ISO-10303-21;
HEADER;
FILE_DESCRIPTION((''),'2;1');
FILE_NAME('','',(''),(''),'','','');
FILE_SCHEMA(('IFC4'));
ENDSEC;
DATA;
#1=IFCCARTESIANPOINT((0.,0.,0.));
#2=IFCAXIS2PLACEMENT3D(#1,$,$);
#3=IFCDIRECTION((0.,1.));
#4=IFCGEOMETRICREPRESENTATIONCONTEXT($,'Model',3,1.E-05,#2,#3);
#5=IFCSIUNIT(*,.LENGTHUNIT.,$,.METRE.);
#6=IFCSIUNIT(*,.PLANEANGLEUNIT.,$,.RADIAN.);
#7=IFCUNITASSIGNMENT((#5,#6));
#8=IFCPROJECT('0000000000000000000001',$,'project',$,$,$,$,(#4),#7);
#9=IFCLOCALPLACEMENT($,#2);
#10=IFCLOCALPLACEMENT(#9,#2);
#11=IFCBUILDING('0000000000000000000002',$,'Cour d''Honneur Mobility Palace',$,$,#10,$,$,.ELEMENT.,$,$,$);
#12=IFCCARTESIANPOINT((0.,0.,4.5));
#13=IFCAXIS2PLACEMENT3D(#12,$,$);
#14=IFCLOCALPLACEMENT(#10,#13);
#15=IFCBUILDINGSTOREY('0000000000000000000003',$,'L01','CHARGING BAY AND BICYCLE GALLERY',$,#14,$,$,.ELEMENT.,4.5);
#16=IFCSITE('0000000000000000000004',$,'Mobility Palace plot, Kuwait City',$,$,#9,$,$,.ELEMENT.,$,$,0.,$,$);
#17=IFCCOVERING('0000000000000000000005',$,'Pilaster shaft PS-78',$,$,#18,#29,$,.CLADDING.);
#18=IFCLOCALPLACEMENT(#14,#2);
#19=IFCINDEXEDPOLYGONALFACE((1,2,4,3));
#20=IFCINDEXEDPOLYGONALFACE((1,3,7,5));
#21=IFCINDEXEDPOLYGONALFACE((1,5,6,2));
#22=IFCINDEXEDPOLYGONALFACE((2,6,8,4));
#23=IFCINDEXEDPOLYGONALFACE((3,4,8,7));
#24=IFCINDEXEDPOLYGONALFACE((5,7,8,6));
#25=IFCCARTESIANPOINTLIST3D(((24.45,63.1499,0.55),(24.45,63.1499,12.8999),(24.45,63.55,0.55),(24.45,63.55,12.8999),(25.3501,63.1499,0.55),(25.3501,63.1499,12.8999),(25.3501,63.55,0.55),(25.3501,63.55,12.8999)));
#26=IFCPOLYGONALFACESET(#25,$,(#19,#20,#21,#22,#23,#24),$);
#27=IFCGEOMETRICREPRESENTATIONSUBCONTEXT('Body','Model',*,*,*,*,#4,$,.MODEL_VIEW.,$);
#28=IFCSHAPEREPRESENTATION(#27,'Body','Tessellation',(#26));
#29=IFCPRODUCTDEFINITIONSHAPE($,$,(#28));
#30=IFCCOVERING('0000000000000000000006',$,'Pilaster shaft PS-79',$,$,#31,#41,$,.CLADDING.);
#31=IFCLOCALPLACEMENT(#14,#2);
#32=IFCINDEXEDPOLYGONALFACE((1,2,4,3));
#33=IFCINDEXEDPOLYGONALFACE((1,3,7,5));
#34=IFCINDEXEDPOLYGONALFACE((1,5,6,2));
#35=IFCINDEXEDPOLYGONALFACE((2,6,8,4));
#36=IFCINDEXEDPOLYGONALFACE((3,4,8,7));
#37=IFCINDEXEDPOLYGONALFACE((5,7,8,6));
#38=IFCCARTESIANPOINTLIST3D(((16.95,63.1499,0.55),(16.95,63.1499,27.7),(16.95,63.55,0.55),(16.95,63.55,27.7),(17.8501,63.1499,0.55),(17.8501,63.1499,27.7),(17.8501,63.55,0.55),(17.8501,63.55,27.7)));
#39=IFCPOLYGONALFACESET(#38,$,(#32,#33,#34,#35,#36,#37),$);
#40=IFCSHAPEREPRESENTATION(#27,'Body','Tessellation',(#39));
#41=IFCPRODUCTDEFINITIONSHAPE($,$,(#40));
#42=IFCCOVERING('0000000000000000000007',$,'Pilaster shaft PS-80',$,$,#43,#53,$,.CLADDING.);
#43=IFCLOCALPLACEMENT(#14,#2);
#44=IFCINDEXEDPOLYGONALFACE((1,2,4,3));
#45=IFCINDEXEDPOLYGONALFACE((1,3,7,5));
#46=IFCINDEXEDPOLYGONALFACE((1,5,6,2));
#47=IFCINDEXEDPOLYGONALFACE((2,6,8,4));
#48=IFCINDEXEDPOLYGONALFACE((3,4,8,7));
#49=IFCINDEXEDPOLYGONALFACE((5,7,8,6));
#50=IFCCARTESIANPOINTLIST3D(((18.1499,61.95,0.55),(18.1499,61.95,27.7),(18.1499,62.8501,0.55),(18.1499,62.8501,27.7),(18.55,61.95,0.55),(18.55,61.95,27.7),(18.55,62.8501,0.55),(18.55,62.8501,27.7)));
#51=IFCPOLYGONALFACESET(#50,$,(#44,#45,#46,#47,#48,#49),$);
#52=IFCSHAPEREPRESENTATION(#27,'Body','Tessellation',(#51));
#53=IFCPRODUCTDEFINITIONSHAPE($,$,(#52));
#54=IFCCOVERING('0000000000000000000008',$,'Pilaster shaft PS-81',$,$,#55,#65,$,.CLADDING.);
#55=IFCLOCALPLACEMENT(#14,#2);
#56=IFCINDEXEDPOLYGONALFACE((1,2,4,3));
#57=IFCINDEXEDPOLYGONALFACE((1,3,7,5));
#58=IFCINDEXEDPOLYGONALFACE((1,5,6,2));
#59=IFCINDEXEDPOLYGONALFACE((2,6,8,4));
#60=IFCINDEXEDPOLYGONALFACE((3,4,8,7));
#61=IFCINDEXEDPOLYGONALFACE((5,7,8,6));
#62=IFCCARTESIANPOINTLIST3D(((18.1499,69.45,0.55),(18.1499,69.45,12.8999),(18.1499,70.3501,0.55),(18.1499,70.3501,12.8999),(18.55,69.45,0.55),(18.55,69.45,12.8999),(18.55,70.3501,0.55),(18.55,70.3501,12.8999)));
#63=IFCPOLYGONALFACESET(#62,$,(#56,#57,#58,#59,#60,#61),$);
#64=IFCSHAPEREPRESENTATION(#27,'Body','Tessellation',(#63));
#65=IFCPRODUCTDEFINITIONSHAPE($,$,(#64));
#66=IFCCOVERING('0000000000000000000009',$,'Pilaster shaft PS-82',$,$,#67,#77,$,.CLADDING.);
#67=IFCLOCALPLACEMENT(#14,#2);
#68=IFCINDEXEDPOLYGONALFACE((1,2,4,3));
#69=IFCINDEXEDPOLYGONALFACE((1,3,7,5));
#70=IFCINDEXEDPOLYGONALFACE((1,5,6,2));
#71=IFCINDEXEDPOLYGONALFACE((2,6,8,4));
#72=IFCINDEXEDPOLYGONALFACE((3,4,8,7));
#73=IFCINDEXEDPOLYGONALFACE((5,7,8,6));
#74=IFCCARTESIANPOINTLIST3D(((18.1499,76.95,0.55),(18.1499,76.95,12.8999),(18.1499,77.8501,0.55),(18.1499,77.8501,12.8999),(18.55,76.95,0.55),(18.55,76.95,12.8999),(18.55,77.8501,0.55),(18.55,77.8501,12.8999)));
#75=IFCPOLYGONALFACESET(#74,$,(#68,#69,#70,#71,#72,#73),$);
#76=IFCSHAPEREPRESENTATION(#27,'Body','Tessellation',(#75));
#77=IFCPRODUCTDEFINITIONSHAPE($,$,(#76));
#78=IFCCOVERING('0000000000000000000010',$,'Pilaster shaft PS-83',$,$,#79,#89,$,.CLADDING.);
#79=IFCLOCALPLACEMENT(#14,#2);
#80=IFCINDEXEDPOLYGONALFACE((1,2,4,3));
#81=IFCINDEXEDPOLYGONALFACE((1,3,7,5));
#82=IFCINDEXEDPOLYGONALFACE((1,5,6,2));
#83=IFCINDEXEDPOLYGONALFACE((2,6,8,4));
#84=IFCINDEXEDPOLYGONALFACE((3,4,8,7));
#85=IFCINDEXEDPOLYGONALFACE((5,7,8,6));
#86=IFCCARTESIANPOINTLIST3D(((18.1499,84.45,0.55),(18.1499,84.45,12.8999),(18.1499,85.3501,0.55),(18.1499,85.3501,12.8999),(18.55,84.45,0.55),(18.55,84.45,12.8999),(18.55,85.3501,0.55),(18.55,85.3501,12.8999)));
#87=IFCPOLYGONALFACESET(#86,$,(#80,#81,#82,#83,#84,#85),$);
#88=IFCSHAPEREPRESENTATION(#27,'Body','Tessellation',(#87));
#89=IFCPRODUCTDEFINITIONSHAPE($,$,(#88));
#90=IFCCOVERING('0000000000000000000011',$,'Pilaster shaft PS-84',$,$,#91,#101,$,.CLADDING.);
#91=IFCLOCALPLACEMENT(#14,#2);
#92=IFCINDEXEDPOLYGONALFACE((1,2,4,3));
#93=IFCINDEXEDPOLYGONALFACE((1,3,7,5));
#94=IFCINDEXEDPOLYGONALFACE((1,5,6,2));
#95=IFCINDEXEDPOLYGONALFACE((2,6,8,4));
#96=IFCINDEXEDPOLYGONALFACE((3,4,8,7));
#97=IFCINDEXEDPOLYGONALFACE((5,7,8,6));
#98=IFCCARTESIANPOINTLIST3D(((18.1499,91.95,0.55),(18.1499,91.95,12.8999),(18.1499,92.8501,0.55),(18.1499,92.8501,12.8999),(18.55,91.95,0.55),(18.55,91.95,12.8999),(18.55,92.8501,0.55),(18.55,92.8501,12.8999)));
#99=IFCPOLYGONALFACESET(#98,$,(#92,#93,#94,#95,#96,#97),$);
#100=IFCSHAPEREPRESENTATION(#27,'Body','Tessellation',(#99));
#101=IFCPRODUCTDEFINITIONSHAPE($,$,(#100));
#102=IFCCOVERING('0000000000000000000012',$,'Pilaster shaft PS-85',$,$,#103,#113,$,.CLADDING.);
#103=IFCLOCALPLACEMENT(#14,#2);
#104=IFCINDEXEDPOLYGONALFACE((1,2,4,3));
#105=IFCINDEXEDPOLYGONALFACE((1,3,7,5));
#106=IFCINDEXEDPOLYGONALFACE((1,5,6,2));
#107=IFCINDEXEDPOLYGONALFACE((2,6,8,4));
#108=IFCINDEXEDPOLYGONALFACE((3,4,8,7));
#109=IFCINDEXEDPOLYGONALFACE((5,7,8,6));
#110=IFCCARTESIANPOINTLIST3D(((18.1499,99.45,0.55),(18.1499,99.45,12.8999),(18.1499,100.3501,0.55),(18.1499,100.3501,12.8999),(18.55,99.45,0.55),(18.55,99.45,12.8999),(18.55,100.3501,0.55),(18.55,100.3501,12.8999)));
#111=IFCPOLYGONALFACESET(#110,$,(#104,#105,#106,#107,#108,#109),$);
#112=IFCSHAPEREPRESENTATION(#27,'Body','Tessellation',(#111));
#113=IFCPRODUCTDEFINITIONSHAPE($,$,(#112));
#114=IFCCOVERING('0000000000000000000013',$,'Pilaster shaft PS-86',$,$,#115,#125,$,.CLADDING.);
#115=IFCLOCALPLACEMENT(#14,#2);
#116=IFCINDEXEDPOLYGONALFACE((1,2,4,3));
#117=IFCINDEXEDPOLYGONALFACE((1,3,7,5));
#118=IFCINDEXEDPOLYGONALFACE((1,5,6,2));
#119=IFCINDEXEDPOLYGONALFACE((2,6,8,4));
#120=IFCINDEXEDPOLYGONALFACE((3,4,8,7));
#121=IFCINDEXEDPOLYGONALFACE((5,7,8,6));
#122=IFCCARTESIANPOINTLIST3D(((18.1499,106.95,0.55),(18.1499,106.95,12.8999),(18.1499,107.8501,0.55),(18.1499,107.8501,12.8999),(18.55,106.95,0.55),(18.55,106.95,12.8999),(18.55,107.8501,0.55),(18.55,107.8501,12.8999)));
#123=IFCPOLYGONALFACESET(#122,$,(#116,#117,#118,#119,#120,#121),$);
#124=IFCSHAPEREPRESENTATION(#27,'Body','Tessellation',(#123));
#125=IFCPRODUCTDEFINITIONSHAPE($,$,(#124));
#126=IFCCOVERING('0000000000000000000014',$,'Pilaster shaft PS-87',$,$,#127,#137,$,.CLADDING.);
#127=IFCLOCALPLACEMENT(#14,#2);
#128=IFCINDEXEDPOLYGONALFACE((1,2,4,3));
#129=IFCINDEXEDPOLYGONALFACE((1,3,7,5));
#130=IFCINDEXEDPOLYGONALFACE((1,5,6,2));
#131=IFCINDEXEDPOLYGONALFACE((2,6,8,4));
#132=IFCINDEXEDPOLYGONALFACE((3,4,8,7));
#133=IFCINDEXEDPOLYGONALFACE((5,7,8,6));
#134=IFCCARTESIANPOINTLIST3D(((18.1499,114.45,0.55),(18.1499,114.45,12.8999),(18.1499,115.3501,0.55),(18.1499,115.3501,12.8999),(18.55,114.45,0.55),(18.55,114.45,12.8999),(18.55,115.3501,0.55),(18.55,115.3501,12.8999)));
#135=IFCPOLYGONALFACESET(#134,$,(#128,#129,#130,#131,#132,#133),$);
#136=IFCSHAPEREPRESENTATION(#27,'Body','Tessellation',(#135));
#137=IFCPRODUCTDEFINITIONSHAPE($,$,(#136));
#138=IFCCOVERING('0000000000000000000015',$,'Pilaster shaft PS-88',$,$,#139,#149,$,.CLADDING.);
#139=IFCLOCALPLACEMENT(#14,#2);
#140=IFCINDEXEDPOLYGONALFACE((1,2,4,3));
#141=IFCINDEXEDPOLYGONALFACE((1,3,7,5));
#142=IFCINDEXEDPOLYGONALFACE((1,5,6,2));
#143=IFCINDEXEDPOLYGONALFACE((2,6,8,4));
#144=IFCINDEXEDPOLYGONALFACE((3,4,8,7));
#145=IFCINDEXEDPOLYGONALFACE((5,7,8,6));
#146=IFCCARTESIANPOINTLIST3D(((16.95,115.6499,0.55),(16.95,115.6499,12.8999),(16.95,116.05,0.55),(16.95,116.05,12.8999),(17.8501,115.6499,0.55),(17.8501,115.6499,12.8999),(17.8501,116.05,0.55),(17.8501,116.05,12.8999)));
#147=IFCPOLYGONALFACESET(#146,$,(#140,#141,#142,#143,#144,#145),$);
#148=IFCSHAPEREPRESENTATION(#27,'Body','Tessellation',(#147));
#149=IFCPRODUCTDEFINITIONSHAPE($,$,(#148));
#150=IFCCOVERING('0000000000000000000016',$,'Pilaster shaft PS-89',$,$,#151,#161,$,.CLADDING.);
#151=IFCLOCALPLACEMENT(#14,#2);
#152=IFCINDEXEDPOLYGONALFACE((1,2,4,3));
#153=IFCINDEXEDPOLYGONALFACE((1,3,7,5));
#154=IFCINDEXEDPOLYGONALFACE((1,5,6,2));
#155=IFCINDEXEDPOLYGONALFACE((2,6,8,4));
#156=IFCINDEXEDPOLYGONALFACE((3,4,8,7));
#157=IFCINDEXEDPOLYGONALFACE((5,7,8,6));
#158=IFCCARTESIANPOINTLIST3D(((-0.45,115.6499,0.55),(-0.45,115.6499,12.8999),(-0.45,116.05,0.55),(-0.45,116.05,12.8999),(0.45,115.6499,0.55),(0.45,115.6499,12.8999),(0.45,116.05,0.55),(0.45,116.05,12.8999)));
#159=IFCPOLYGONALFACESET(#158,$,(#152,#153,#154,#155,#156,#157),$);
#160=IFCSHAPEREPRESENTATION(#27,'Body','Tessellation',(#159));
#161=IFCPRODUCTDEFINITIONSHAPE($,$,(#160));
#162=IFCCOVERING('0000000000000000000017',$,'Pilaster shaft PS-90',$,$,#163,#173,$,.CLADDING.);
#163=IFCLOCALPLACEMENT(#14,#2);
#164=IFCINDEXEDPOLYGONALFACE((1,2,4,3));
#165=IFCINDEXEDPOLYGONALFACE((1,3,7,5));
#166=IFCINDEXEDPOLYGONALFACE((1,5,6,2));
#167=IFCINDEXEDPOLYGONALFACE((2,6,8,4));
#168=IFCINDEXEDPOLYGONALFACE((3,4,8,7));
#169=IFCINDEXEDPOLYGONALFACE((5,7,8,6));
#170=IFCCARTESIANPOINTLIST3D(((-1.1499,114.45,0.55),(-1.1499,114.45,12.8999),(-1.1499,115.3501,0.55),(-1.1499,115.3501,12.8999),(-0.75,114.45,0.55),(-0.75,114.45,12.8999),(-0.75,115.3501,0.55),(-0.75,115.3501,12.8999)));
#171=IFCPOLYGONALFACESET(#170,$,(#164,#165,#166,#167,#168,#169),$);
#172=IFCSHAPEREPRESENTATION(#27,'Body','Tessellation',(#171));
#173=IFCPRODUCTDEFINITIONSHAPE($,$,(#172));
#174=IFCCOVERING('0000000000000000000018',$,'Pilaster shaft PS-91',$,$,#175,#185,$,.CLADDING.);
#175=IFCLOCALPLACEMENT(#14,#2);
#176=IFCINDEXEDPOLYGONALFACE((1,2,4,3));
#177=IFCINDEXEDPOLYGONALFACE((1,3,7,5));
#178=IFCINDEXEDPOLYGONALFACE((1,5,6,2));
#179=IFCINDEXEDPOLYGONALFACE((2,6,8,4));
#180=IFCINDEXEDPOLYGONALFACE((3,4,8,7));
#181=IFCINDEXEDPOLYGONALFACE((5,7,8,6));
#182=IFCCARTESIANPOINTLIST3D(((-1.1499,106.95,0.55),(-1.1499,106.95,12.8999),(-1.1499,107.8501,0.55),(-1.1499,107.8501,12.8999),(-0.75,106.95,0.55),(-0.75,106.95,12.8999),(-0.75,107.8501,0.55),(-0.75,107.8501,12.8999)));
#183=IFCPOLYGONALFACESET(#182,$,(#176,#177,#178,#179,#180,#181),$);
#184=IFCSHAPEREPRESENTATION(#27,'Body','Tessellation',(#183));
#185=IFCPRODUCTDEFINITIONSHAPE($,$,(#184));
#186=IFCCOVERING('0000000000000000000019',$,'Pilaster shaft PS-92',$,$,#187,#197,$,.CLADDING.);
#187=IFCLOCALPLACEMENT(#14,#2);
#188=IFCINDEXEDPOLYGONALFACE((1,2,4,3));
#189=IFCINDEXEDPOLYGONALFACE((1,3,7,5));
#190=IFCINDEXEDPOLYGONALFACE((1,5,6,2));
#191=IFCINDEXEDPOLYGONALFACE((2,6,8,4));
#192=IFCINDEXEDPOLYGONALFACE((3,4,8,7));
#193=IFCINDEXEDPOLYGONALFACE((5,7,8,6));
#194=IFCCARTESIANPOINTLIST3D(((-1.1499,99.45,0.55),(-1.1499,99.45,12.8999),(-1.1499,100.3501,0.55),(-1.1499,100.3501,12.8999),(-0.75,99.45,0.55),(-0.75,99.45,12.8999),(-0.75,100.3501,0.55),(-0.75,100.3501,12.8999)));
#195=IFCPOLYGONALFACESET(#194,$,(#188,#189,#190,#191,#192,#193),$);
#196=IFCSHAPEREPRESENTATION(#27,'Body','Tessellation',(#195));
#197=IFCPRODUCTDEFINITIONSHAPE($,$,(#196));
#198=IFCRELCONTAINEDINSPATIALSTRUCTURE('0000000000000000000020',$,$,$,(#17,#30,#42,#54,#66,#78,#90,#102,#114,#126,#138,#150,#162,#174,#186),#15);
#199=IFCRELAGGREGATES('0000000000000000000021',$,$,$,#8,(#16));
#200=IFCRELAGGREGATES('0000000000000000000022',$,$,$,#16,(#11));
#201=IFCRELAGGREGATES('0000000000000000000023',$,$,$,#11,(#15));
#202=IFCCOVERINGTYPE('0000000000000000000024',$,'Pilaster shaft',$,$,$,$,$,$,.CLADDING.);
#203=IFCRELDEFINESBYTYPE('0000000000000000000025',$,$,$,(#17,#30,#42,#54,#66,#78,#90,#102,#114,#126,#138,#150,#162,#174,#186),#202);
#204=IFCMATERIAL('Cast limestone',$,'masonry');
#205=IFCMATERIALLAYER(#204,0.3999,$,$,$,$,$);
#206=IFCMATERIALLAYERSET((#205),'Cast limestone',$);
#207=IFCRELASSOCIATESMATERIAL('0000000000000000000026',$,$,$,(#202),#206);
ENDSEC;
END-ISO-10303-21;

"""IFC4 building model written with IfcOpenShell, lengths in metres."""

from ifc_helpers import new_model, si_unit, direction, frame, origin, place, context, subcontext, project, spatial, polyline, outline, extrude, material, layer, layer_set, type_object, element, save


model = new_model("IFC4")

# Units and contexts
model_context = context("Model", 3, precision=1e-05, world=origin(), true_north=direction((0.0, 1.0)))
body_context = subcontext(model_context, "Body", "Model", "MODEL_VIEW")
ifc_project = project(units=[si_unit("LENGTHUNIT", "METRE"), si_unit("PLANEANGLEUNIT", "RADIAN")], contexts=[model_context])

# Site, building, storey
site_placement = place(None, origin())
site = spatial("IfcSite", under=ifc_project, at=site_placement, Name="Mobility Palace plot, Kuwait City", CompositionType="ELEMENT", RefElevation=0.0)
building_placement = place(site_placement, origin())
building = spatial("IfcBuilding", under=site, at=building_placement, Name="Cour d'Honneur Mobility Palace", CompositionType="ELEMENT")
storey_placement = place(building_placement, frame((0.0, 0.0, 4.5)))
storey = spatial("IfcBuildingStorey", under=building, at=storey_placement, Name="L01", Description="CHARGING BAY AND BICYCLE GALLERY", CompositionType="ELEMENT", Elevation=4.5)

# Coverings
ifc_material = material(Name="Cast limestone", Category="masonry")
ifc_layer = layer(ifc_material, 0.3999)
ifc_layer_set = layer_set([ifc_layer], Name="Cast limestone")
covering_type = type_object("IfcCoveringType", Name="Pilaster shaft", PredefinedType="CLADDING", material=ifc_layer_set)
covering_1_placement = place(storey_placement, frame((0.0, 0.0, 0.55)))
element("IfcCovering", 1, at=covering_1_placement, inside=storey, type_object=covering_type, Name="Pilaster shaft PS-78", PredefinedType="CLADDING", context=body_context, shape_type="SweptSolid", body=[
    extrude(outline(polyline([(25.3501, 63.1499), (24.45, 63.1499), (24.45, 63.55), (25.3501, 63.55), (25.3501, 63.1499)])), origin(), (0.0, 0.0, 1.0), 12.3499),
])
covering_2_placement = place(storey_placement, frame((0.0, 0.0, 0.55)))
element("IfcCovering", 2, at=covering_2_placement, inside=storey, type_object=covering_type, Name="Pilaster shaft PS-79", PredefinedType="CLADDING", context=body_context, shape_type="SweptSolid", body=[
    extrude(outline(polyline([(17.8501, 63.1499), (16.95, 63.1499), (16.95, 63.55), (17.8501, 63.55), (17.8501, 63.1499)])), origin(), (0.0, 0.0, 1.0), 27.1499),
])
covering_3_placement = place(storey_placement, frame((0.0, 0.0, 0.55)))
element("IfcCovering", 3, at=covering_3_placement, inside=storey, type_object=covering_type, Name="Pilaster shaft PS-80", PredefinedType="CLADDING", context=body_context, shape_type="SweptSolid", body=[
    extrude(outline(polyline([(18.1499, 61.95), (18.1499, 62.8501), (18.55, 62.8501), (18.55, 61.95), (18.1499, 61.95)])), origin(), (0.0, 0.0, 1.0), 27.1499),
])
covering_4_placement = place(storey_placement, frame((0.0, 0.0, 0.55)))
element("IfcCovering", 4, at=covering_4_placement, inside=storey, type_object=covering_type, Name="Pilaster shaft PS-81", PredefinedType="CLADDING", context=body_context, shape_type="SweptSolid", body=[
    extrude(outline(polyline([(18.1499, 69.45), (18.1499, 70.3501), (18.55, 70.3501), (18.55, 69.45), (18.1499, 69.45)])), origin(), (0.0, 0.0, 1.0), 12.3499),
])
covering_5_placement = place(storey_placement, frame((0.0, 0.0, 0.55)))
element("IfcCovering", 5, at=covering_5_placement, inside=storey, type_object=covering_type, Name="Pilaster shaft PS-82", PredefinedType="CLADDING", context=body_context, shape_type="SweptSolid", body=[
    extrude(outline(polyline([(18.1499, 76.95), (18.1499, 77.8501), (18.55, 77.8501), (18.55, 76.95), (18.1499, 76.95)])), origin(), (0.0, 0.0, 1.0), 12.3499),
])
covering_6_placement = place(storey_placement, frame((0.0, 0.0, 0.55)))
element("IfcCovering", 6, at=covering_6_placement, inside=storey, type_object=covering_type, Name="Pilaster shaft PS-83", PredefinedType="CLADDING", context=body_context, shape_type="SweptSolid", body=[
    extrude(outline(polyline([(18.1499, 84.45), (18.1499, 85.3501), (18.55, 85.3501), (18.55, 84.45), (18.1499, 84.45)])), origin(), (0.0, 0.0, 1.0), 12.3499),
])
covering_7_placement = place(storey_placement, frame((0.0, 0.0, 0.55)))
element("IfcCovering", 7, at=covering_7_placement, inside=storey, type_object=covering_type, Name="Pilaster shaft PS-84", PredefinedType="CLADDING", context=body_context, shape_type="SweptSolid", body=[
    extrude(outline(polyline([(18.1499, 91.95), (18.1499, 92.8501), (18.55, 92.8501), (18.55, 91.95), (18.1499, 91.95)])), origin(), (0.0, 0.0, 1.0), 12.3499),
])
covering_8_placement = place(storey_placement, frame((0.0, 0.0, 0.55)))
element("IfcCovering", 8, at=covering_8_placement, inside=storey, type_object=covering_type, Name="Pilaster shaft PS-85", PredefinedType="CLADDING", context=body_context, shape_type="SweptSolid", body=[
    extrude(outline(polyline([(18.1499, 99.45), (18.1499, 100.3501), (18.55, 100.3501), (18.55, 99.45), (18.1499, 99.45)])), origin(), (0.0, 0.0, 1.0), 12.3499),
])
covering_9_placement = place(storey_placement, frame((0.0, 0.0, 0.55)))
element("IfcCovering", 9, at=covering_9_placement, inside=storey, type_object=covering_type, Name="Pilaster shaft PS-86", PredefinedType="CLADDING", context=body_context, shape_type="SweptSolid", body=[
    extrude(outline(polyline([(18.1499, 106.95), (18.1499, 107.8501), (18.55, 107.8501), (18.55, 106.95), (18.1499, 106.95)])), origin(), (0.0, 0.0, 1.0), 12.3499),
])
covering_10_placement = place(storey_placement, frame((0.0, 0.0, 0.55)))
element("IfcCovering", 10, at=covering_10_placement, inside=storey, type_object=covering_type, Name="Pilaster shaft PS-87", PredefinedType="CLADDING", context=body_context, shape_type="SweptSolid", body=[
    extrude(outline(polyline([(18.1499, 114.45), (18.1499, 115.3501), (18.55, 115.3501), (18.55, 114.45), (18.1499, 114.45)])), origin(), (0.0, 0.0, 1.0), 12.3499),
])
covering_11_placement = place(storey_placement, frame((0.0, 0.0, 0.55)))
element("IfcCovering", 11, at=covering_11_placement, inside=storey, type_object=covering_type, Name="Pilaster shaft PS-88", PredefinedType="CLADDING", context=body_context, shape_type="SweptSolid", body=[
    extrude(outline(polyline([(17.8501, 115.6499), (16.95, 115.6499), (16.95, 116.05), (17.8501, 116.05), (17.8501, 115.6499)])), origin(), (0.0, 0.0, 1.0), 12.3499),
])
covering_12_placement = place(storey_placement, frame((0.0, 0.0, 0.55)))
element("IfcCovering", 12, at=covering_12_placement, inside=storey, type_object=covering_type, Name="Pilaster shaft PS-89", PredefinedType="CLADDING", context=body_context, shape_type="SweptSolid", body=[
    extrude(outline(polyline([(0.45, 115.6499), (-0.45, 115.6499), (-0.45, 116.05), (0.45, 116.05), (0.45, 115.6499)])), origin(), (0.0, 0.0, 1.0), 12.3499),
])
covering_13_placement = place(storey_placement, frame((0.0, 0.0, 0.55)))
element("IfcCovering", 13, at=covering_13_placement, inside=storey, type_object=covering_type, Name="Pilaster shaft PS-90", PredefinedType="CLADDING", context=body_context, shape_type="SweptSolid", body=[
    extrude(outline(polyline([(-0.75, 115.3501), (-0.75, 114.45), (-1.1499, 114.45), (-1.1499, 115.3501), (-0.75, 115.3501)])), origin(), (0.0, 0.0, 1.0), 12.3499),
])
covering_14_placement = place(storey_placement, frame((0.0, 0.0, 0.55)))
element("IfcCovering", 14, at=covering_14_placement, inside=storey, type_object=covering_type, Name="Pilaster shaft PS-91", PredefinedType="CLADDING", context=body_context, shape_type="SweptSolid", body=[
    extrude(outline(polyline([(-0.75, 107.8501), (-0.75, 106.95), (-1.1499, 106.95), (-1.1499, 107.8501), (-0.75, 107.8501)])), origin(), (0.0, 0.0, 1.0), 12.3499),
])
covering_15_placement = place(storey_placement, frame((0.0, 0.0, 0.55)))
element("IfcCovering", 15, at=covering_15_placement, inside=storey, type_object=covering_type, Name="Pilaster shaft PS-92", PredefinedType="CLADDING", context=body_context, shape_type="SweptSolid", body=[
    extrude(outline(polyline([(-0.75, 100.3501), (-0.75, 99.45), (-1.1499, 99.45), (-1.1499, 100.3501), (-0.75, 100.3501)])), origin(), (0.0, 0.0, 1.0), 12.3499),
])

save(model, "model.ifc")
